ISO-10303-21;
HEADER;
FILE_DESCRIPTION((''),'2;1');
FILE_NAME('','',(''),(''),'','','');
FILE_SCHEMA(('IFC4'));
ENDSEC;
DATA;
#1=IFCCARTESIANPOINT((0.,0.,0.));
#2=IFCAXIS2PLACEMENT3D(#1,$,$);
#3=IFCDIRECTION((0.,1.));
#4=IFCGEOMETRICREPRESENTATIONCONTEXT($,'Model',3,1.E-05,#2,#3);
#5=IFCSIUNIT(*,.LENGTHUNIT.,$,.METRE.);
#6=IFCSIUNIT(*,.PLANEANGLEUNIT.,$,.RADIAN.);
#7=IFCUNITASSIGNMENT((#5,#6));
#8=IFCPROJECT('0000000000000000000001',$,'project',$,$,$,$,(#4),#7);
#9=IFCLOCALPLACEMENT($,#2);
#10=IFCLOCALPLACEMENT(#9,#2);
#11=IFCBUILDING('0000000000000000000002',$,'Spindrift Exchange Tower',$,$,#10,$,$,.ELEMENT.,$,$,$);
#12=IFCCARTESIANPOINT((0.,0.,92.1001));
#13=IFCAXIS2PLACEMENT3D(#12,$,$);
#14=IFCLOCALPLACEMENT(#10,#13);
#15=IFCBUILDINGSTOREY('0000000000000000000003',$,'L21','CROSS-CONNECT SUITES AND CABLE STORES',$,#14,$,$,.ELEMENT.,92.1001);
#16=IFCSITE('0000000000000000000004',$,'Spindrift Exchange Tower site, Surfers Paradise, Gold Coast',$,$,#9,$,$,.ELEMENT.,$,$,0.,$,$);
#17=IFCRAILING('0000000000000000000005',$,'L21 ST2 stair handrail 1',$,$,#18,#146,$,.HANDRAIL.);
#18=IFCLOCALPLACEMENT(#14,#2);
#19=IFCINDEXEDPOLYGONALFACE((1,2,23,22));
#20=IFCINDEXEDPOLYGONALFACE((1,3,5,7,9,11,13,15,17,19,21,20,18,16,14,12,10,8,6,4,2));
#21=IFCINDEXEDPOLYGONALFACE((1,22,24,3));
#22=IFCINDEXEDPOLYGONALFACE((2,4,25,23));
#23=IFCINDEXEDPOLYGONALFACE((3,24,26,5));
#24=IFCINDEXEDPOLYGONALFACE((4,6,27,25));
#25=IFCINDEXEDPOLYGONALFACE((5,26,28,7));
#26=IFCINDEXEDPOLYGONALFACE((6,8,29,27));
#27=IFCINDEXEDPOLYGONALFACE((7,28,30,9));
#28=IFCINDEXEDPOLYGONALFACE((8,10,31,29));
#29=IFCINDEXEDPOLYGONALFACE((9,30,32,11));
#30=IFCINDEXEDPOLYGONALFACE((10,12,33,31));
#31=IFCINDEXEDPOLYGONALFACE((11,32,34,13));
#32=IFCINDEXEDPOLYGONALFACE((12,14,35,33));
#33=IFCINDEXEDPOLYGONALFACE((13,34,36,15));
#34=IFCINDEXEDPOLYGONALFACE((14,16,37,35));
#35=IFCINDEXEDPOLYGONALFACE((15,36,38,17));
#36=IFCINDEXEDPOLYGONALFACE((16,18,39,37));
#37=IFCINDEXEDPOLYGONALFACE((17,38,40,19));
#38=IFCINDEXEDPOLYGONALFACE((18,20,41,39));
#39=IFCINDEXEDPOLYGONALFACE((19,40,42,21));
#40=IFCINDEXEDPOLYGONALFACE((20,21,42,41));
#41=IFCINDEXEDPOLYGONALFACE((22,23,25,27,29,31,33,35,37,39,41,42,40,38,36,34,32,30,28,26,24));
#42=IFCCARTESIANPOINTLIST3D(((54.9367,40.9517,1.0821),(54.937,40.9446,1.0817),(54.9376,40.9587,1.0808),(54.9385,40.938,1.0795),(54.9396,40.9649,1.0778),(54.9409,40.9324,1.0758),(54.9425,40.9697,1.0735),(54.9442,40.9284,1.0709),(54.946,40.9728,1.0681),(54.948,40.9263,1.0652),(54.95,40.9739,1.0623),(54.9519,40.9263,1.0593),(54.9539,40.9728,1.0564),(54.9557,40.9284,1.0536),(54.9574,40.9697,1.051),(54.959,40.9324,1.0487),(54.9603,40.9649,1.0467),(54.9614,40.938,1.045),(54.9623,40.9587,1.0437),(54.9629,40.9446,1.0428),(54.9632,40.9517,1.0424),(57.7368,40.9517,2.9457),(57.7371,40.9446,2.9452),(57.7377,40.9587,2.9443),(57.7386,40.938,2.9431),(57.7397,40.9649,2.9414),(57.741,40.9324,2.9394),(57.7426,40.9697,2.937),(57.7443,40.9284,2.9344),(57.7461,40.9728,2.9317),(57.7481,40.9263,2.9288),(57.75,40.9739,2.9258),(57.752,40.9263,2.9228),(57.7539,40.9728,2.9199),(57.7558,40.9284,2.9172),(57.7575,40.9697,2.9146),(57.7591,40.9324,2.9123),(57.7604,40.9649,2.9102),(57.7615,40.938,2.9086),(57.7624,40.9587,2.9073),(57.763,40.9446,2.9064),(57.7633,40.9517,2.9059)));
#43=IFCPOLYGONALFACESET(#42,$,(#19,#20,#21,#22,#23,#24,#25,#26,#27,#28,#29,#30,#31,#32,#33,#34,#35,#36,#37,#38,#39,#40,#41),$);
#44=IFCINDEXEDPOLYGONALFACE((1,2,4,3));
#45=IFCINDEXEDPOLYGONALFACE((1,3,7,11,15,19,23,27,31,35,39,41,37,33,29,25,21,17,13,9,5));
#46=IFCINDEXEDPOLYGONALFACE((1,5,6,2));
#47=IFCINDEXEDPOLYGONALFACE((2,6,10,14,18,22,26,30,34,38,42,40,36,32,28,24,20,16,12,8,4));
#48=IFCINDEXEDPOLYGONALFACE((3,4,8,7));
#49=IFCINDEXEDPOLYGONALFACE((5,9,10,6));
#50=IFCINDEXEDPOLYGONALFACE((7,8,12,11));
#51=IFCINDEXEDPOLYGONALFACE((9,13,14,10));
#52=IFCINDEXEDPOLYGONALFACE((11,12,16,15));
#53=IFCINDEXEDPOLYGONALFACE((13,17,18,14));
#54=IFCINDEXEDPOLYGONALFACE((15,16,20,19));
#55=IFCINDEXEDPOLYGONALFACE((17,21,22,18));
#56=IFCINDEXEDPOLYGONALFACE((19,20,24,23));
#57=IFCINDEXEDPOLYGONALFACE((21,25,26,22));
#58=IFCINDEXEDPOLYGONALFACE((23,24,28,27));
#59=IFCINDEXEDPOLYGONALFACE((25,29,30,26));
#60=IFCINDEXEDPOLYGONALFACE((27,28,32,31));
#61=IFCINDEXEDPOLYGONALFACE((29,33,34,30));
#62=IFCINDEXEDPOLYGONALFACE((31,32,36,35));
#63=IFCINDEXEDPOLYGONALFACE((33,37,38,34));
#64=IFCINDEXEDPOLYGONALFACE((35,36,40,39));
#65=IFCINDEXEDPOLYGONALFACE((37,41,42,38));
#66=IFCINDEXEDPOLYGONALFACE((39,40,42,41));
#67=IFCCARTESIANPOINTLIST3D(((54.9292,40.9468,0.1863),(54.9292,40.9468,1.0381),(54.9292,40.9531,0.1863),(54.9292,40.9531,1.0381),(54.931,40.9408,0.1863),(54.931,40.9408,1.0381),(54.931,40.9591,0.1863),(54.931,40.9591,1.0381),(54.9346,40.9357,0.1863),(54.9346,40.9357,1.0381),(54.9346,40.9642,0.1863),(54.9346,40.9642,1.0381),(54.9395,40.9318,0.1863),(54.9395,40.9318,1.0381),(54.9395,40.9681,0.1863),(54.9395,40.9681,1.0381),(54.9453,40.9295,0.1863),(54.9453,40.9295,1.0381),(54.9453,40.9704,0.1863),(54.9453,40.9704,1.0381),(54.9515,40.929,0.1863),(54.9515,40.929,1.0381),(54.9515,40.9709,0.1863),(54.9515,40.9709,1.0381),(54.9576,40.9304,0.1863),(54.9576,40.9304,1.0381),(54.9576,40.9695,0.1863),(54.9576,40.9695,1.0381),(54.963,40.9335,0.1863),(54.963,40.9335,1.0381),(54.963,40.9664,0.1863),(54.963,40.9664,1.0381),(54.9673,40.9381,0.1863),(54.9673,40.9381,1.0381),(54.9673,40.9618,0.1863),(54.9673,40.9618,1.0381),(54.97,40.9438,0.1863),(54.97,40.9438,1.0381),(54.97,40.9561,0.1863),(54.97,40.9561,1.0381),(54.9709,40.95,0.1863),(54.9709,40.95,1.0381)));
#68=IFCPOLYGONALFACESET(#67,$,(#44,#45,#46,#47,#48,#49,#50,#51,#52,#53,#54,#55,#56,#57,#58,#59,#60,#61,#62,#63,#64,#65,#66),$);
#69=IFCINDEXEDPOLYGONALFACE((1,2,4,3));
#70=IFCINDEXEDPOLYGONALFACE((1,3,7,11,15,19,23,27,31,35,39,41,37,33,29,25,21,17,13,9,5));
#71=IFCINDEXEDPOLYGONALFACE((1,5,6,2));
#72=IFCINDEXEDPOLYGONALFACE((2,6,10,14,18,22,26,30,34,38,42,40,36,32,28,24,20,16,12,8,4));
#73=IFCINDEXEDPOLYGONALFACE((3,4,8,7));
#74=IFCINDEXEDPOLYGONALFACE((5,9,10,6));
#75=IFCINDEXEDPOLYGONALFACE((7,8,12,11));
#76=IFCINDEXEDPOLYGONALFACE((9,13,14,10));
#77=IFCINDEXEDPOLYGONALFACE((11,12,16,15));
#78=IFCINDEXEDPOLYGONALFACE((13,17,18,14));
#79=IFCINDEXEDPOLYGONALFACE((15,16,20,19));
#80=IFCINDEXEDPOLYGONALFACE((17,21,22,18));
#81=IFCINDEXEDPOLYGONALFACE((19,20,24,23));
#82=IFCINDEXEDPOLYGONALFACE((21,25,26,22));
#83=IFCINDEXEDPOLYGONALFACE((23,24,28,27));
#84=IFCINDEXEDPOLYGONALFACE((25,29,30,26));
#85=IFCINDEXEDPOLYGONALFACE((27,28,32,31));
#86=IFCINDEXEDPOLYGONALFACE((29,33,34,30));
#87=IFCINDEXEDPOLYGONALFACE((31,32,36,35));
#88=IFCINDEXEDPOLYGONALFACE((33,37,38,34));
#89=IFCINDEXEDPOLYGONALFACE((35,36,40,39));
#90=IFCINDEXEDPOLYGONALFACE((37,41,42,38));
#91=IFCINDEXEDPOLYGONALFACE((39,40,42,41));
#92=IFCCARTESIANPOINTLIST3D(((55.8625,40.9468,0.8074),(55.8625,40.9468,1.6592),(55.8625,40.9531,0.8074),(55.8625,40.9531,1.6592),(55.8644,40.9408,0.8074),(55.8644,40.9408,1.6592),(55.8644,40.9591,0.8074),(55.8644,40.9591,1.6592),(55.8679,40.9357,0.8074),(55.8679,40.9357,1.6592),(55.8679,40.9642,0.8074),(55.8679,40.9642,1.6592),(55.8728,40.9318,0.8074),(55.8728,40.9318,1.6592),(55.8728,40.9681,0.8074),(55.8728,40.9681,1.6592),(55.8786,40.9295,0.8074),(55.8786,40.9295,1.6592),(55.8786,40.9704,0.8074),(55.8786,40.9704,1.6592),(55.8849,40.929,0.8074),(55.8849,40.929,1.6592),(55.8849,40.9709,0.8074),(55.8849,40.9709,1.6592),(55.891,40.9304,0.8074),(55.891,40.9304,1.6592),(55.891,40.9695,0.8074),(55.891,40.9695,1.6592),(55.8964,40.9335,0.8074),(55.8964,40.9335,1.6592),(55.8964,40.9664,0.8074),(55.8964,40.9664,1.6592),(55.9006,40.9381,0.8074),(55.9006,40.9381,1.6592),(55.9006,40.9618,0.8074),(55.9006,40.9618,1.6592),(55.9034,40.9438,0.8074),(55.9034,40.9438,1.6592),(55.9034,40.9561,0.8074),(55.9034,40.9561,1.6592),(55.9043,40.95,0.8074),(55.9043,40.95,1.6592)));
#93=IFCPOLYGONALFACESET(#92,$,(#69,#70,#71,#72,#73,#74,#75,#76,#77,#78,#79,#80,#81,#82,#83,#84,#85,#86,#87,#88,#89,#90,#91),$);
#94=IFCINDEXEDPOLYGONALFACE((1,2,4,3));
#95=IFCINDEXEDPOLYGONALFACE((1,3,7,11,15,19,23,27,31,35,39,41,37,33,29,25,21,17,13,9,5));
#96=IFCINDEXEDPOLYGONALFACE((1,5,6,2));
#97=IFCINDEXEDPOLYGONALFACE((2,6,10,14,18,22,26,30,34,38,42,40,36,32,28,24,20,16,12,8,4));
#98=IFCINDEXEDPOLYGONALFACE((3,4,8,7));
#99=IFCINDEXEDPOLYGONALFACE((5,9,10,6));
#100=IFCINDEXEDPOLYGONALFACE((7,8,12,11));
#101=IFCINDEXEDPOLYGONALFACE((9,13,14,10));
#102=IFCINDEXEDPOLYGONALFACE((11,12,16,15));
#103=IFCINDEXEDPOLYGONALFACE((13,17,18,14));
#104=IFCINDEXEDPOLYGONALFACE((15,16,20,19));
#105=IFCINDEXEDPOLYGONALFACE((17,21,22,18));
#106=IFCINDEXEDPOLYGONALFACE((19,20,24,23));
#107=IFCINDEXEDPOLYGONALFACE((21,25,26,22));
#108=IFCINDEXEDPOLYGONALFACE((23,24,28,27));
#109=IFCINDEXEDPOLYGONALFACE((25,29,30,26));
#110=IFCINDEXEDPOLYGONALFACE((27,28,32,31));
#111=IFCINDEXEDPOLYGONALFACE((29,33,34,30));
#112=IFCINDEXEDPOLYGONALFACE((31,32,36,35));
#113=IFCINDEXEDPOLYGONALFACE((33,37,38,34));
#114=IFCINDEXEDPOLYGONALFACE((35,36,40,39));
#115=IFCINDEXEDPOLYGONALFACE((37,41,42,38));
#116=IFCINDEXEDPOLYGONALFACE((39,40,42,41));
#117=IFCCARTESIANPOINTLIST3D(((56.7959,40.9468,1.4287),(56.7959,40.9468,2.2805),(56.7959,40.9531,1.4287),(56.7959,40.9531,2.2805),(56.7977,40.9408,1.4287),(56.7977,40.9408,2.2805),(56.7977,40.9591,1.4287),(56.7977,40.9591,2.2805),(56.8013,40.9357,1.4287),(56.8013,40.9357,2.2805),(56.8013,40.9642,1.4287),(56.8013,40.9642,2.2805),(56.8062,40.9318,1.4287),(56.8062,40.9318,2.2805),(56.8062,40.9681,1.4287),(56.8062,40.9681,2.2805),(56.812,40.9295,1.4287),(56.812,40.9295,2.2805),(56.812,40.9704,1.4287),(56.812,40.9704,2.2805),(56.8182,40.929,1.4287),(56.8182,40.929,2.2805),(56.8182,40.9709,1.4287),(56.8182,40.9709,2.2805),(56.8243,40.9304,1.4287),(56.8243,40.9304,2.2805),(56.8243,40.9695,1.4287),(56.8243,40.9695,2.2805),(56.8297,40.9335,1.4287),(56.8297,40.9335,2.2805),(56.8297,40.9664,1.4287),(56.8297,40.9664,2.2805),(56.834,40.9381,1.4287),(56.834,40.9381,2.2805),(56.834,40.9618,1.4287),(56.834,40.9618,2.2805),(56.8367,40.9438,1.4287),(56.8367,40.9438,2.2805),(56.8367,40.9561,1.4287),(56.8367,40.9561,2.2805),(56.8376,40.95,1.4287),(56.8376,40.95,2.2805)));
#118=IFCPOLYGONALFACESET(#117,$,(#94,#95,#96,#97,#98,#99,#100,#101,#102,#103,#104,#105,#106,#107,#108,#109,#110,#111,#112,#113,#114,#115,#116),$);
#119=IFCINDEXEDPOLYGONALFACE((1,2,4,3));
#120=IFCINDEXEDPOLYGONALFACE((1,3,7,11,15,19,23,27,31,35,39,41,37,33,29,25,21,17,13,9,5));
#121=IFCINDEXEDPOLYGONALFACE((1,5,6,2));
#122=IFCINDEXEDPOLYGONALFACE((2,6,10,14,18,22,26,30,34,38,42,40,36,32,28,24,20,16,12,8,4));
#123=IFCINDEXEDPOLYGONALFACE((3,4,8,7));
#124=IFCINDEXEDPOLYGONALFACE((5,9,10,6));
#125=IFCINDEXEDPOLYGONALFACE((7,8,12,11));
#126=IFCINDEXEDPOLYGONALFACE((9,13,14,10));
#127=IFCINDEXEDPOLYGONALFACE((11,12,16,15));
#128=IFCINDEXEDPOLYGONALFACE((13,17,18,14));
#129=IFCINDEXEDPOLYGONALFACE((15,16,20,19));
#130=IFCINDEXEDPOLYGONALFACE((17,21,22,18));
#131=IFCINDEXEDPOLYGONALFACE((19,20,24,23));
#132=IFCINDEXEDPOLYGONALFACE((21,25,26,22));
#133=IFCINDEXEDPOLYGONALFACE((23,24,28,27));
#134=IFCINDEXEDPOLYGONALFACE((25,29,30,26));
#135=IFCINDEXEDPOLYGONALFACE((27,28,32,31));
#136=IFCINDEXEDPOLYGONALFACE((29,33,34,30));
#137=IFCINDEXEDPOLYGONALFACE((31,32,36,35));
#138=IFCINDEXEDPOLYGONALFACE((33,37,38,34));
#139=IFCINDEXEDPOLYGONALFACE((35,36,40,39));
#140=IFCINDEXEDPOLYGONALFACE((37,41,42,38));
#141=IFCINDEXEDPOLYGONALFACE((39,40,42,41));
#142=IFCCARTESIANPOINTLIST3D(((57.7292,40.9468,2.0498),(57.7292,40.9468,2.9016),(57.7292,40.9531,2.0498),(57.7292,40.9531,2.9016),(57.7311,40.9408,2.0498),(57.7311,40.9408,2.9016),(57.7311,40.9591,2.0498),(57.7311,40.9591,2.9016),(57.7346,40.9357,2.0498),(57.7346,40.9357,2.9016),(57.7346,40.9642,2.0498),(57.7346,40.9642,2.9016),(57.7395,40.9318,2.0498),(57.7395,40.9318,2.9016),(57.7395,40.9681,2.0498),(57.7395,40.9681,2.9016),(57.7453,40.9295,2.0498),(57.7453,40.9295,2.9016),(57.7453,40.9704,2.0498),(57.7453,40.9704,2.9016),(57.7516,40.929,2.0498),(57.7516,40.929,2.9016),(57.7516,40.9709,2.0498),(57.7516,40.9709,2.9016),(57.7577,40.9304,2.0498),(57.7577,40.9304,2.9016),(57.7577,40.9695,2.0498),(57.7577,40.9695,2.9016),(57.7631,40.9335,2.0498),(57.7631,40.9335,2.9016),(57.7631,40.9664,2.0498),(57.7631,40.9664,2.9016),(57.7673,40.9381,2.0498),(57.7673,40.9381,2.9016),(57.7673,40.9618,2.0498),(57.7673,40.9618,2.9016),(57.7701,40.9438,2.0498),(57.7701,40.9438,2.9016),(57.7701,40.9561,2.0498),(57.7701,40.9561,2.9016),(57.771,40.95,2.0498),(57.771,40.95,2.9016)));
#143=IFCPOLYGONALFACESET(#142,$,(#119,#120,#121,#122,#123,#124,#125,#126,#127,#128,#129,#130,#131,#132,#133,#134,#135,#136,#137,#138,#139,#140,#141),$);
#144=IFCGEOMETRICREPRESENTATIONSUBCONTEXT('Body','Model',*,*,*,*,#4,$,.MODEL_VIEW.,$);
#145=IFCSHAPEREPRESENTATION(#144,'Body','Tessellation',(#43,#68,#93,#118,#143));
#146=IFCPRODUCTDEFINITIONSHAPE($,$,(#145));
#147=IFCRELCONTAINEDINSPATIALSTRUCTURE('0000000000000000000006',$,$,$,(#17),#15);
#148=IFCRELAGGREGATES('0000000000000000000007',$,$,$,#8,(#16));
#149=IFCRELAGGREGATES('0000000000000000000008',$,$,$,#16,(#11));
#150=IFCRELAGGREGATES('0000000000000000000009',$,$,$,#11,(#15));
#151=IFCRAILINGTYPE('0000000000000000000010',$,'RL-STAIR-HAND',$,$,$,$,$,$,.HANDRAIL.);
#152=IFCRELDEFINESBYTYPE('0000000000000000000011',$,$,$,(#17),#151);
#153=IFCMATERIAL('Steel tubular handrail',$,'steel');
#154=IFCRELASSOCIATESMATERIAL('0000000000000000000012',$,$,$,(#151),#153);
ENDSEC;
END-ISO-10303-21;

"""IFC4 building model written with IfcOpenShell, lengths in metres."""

from ifc_helpers import new_model, si_unit, direction, frame, origin, origin_2d, place, context, subcontext, project, spatial, circle, extrude, material, type_object, element, save


model = new_model("IFC4")

# Units and contexts
model_context = context("Model", 3, precision=1e-05, world=origin(), true_north=direction((0.0, 1.0)))
body_context = subcontext(model_context, "Body", "Model", "MODEL_VIEW")
ifc_project = project(units=[si_unit("LENGTHUNIT", "METRE"), si_unit("PLANEANGLEUNIT", "RADIAN")], contexts=[model_context])

# Site, building, storey
site_placement = place(None, origin())
site = spatial("IfcSite", under=ifc_project, at=site_placement, Name="Spindrift Exchange Tower site, Surfers Paradise, Gold Coast", CompositionType="ELEMENT", RefElevation=0.0)
building_placement = place(site_placement, origin())
building = spatial("IfcBuilding", under=site, at=building_placement, Name="Spindrift Exchange Tower", CompositionType="ELEMENT")
storey_placement = place(building_placement, frame((0.0, 0.0, 92.1001)))
storey = spatial("IfcBuildingStorey", under=building, at=storey_placement, Name="L21", Description="CROSS-CONNECT SUITES AND CABLE STORES", CompositionType="ELEMENT", Elevation=92.1001)

# Railing
ifc_material_1 = material(Name="Steel tubular handrail", Category="steel")
railing_type_1 = type_object("IfcRailingType", Name="RL-STAIR-HAND", PredefinedType="HANDRAIL", material=ifc_material_1)
railing_1_placement = place(storey_placement, frame((54.95, 40.95, 0.1863)))
element("IfcRailing", 1, at=railing_1_placement, inside=storey, type_object=railing_type_1, Name="L21 ST2 stair handrail 1", PredefinedType="HANDRAIL", context=body_context, shape_type="SweptSolid", body=[
    extrude(circle(Radius=0.0239, at=origin_2d()), frame((0.0, 0.0, 0.876), z_axis=(0.832486, 0.0, 0.554047), x_axis=(0.0, 1.0, 0.0)), (0.0, 0.0, 1.0), 3.3635),
    extrude(circle(Radius=0.021, at=origin_2d()), origin(), (0.0, 0.0, 1.0), 0.8518),
    extrude(circle(Radius=0.021, at=origin_2d()), frame((0.9333, 0.0, 0.6211)), (0.0, 0.0, 1.0), 0.8518),
    extrude(circle(Radius=0.021, at=origin_2d()), frame((1.8667, 0.0, 1.2424)), (0.0, 0.0, 1.0), 0.8518),
    extrude(circle(Radius=0.021, at=origin_2d()), frame((2.8, 0.0, 1.8635)), (0.0, 0.0, 1.0), 0.8518),
])

save(model, "model.ifc")
